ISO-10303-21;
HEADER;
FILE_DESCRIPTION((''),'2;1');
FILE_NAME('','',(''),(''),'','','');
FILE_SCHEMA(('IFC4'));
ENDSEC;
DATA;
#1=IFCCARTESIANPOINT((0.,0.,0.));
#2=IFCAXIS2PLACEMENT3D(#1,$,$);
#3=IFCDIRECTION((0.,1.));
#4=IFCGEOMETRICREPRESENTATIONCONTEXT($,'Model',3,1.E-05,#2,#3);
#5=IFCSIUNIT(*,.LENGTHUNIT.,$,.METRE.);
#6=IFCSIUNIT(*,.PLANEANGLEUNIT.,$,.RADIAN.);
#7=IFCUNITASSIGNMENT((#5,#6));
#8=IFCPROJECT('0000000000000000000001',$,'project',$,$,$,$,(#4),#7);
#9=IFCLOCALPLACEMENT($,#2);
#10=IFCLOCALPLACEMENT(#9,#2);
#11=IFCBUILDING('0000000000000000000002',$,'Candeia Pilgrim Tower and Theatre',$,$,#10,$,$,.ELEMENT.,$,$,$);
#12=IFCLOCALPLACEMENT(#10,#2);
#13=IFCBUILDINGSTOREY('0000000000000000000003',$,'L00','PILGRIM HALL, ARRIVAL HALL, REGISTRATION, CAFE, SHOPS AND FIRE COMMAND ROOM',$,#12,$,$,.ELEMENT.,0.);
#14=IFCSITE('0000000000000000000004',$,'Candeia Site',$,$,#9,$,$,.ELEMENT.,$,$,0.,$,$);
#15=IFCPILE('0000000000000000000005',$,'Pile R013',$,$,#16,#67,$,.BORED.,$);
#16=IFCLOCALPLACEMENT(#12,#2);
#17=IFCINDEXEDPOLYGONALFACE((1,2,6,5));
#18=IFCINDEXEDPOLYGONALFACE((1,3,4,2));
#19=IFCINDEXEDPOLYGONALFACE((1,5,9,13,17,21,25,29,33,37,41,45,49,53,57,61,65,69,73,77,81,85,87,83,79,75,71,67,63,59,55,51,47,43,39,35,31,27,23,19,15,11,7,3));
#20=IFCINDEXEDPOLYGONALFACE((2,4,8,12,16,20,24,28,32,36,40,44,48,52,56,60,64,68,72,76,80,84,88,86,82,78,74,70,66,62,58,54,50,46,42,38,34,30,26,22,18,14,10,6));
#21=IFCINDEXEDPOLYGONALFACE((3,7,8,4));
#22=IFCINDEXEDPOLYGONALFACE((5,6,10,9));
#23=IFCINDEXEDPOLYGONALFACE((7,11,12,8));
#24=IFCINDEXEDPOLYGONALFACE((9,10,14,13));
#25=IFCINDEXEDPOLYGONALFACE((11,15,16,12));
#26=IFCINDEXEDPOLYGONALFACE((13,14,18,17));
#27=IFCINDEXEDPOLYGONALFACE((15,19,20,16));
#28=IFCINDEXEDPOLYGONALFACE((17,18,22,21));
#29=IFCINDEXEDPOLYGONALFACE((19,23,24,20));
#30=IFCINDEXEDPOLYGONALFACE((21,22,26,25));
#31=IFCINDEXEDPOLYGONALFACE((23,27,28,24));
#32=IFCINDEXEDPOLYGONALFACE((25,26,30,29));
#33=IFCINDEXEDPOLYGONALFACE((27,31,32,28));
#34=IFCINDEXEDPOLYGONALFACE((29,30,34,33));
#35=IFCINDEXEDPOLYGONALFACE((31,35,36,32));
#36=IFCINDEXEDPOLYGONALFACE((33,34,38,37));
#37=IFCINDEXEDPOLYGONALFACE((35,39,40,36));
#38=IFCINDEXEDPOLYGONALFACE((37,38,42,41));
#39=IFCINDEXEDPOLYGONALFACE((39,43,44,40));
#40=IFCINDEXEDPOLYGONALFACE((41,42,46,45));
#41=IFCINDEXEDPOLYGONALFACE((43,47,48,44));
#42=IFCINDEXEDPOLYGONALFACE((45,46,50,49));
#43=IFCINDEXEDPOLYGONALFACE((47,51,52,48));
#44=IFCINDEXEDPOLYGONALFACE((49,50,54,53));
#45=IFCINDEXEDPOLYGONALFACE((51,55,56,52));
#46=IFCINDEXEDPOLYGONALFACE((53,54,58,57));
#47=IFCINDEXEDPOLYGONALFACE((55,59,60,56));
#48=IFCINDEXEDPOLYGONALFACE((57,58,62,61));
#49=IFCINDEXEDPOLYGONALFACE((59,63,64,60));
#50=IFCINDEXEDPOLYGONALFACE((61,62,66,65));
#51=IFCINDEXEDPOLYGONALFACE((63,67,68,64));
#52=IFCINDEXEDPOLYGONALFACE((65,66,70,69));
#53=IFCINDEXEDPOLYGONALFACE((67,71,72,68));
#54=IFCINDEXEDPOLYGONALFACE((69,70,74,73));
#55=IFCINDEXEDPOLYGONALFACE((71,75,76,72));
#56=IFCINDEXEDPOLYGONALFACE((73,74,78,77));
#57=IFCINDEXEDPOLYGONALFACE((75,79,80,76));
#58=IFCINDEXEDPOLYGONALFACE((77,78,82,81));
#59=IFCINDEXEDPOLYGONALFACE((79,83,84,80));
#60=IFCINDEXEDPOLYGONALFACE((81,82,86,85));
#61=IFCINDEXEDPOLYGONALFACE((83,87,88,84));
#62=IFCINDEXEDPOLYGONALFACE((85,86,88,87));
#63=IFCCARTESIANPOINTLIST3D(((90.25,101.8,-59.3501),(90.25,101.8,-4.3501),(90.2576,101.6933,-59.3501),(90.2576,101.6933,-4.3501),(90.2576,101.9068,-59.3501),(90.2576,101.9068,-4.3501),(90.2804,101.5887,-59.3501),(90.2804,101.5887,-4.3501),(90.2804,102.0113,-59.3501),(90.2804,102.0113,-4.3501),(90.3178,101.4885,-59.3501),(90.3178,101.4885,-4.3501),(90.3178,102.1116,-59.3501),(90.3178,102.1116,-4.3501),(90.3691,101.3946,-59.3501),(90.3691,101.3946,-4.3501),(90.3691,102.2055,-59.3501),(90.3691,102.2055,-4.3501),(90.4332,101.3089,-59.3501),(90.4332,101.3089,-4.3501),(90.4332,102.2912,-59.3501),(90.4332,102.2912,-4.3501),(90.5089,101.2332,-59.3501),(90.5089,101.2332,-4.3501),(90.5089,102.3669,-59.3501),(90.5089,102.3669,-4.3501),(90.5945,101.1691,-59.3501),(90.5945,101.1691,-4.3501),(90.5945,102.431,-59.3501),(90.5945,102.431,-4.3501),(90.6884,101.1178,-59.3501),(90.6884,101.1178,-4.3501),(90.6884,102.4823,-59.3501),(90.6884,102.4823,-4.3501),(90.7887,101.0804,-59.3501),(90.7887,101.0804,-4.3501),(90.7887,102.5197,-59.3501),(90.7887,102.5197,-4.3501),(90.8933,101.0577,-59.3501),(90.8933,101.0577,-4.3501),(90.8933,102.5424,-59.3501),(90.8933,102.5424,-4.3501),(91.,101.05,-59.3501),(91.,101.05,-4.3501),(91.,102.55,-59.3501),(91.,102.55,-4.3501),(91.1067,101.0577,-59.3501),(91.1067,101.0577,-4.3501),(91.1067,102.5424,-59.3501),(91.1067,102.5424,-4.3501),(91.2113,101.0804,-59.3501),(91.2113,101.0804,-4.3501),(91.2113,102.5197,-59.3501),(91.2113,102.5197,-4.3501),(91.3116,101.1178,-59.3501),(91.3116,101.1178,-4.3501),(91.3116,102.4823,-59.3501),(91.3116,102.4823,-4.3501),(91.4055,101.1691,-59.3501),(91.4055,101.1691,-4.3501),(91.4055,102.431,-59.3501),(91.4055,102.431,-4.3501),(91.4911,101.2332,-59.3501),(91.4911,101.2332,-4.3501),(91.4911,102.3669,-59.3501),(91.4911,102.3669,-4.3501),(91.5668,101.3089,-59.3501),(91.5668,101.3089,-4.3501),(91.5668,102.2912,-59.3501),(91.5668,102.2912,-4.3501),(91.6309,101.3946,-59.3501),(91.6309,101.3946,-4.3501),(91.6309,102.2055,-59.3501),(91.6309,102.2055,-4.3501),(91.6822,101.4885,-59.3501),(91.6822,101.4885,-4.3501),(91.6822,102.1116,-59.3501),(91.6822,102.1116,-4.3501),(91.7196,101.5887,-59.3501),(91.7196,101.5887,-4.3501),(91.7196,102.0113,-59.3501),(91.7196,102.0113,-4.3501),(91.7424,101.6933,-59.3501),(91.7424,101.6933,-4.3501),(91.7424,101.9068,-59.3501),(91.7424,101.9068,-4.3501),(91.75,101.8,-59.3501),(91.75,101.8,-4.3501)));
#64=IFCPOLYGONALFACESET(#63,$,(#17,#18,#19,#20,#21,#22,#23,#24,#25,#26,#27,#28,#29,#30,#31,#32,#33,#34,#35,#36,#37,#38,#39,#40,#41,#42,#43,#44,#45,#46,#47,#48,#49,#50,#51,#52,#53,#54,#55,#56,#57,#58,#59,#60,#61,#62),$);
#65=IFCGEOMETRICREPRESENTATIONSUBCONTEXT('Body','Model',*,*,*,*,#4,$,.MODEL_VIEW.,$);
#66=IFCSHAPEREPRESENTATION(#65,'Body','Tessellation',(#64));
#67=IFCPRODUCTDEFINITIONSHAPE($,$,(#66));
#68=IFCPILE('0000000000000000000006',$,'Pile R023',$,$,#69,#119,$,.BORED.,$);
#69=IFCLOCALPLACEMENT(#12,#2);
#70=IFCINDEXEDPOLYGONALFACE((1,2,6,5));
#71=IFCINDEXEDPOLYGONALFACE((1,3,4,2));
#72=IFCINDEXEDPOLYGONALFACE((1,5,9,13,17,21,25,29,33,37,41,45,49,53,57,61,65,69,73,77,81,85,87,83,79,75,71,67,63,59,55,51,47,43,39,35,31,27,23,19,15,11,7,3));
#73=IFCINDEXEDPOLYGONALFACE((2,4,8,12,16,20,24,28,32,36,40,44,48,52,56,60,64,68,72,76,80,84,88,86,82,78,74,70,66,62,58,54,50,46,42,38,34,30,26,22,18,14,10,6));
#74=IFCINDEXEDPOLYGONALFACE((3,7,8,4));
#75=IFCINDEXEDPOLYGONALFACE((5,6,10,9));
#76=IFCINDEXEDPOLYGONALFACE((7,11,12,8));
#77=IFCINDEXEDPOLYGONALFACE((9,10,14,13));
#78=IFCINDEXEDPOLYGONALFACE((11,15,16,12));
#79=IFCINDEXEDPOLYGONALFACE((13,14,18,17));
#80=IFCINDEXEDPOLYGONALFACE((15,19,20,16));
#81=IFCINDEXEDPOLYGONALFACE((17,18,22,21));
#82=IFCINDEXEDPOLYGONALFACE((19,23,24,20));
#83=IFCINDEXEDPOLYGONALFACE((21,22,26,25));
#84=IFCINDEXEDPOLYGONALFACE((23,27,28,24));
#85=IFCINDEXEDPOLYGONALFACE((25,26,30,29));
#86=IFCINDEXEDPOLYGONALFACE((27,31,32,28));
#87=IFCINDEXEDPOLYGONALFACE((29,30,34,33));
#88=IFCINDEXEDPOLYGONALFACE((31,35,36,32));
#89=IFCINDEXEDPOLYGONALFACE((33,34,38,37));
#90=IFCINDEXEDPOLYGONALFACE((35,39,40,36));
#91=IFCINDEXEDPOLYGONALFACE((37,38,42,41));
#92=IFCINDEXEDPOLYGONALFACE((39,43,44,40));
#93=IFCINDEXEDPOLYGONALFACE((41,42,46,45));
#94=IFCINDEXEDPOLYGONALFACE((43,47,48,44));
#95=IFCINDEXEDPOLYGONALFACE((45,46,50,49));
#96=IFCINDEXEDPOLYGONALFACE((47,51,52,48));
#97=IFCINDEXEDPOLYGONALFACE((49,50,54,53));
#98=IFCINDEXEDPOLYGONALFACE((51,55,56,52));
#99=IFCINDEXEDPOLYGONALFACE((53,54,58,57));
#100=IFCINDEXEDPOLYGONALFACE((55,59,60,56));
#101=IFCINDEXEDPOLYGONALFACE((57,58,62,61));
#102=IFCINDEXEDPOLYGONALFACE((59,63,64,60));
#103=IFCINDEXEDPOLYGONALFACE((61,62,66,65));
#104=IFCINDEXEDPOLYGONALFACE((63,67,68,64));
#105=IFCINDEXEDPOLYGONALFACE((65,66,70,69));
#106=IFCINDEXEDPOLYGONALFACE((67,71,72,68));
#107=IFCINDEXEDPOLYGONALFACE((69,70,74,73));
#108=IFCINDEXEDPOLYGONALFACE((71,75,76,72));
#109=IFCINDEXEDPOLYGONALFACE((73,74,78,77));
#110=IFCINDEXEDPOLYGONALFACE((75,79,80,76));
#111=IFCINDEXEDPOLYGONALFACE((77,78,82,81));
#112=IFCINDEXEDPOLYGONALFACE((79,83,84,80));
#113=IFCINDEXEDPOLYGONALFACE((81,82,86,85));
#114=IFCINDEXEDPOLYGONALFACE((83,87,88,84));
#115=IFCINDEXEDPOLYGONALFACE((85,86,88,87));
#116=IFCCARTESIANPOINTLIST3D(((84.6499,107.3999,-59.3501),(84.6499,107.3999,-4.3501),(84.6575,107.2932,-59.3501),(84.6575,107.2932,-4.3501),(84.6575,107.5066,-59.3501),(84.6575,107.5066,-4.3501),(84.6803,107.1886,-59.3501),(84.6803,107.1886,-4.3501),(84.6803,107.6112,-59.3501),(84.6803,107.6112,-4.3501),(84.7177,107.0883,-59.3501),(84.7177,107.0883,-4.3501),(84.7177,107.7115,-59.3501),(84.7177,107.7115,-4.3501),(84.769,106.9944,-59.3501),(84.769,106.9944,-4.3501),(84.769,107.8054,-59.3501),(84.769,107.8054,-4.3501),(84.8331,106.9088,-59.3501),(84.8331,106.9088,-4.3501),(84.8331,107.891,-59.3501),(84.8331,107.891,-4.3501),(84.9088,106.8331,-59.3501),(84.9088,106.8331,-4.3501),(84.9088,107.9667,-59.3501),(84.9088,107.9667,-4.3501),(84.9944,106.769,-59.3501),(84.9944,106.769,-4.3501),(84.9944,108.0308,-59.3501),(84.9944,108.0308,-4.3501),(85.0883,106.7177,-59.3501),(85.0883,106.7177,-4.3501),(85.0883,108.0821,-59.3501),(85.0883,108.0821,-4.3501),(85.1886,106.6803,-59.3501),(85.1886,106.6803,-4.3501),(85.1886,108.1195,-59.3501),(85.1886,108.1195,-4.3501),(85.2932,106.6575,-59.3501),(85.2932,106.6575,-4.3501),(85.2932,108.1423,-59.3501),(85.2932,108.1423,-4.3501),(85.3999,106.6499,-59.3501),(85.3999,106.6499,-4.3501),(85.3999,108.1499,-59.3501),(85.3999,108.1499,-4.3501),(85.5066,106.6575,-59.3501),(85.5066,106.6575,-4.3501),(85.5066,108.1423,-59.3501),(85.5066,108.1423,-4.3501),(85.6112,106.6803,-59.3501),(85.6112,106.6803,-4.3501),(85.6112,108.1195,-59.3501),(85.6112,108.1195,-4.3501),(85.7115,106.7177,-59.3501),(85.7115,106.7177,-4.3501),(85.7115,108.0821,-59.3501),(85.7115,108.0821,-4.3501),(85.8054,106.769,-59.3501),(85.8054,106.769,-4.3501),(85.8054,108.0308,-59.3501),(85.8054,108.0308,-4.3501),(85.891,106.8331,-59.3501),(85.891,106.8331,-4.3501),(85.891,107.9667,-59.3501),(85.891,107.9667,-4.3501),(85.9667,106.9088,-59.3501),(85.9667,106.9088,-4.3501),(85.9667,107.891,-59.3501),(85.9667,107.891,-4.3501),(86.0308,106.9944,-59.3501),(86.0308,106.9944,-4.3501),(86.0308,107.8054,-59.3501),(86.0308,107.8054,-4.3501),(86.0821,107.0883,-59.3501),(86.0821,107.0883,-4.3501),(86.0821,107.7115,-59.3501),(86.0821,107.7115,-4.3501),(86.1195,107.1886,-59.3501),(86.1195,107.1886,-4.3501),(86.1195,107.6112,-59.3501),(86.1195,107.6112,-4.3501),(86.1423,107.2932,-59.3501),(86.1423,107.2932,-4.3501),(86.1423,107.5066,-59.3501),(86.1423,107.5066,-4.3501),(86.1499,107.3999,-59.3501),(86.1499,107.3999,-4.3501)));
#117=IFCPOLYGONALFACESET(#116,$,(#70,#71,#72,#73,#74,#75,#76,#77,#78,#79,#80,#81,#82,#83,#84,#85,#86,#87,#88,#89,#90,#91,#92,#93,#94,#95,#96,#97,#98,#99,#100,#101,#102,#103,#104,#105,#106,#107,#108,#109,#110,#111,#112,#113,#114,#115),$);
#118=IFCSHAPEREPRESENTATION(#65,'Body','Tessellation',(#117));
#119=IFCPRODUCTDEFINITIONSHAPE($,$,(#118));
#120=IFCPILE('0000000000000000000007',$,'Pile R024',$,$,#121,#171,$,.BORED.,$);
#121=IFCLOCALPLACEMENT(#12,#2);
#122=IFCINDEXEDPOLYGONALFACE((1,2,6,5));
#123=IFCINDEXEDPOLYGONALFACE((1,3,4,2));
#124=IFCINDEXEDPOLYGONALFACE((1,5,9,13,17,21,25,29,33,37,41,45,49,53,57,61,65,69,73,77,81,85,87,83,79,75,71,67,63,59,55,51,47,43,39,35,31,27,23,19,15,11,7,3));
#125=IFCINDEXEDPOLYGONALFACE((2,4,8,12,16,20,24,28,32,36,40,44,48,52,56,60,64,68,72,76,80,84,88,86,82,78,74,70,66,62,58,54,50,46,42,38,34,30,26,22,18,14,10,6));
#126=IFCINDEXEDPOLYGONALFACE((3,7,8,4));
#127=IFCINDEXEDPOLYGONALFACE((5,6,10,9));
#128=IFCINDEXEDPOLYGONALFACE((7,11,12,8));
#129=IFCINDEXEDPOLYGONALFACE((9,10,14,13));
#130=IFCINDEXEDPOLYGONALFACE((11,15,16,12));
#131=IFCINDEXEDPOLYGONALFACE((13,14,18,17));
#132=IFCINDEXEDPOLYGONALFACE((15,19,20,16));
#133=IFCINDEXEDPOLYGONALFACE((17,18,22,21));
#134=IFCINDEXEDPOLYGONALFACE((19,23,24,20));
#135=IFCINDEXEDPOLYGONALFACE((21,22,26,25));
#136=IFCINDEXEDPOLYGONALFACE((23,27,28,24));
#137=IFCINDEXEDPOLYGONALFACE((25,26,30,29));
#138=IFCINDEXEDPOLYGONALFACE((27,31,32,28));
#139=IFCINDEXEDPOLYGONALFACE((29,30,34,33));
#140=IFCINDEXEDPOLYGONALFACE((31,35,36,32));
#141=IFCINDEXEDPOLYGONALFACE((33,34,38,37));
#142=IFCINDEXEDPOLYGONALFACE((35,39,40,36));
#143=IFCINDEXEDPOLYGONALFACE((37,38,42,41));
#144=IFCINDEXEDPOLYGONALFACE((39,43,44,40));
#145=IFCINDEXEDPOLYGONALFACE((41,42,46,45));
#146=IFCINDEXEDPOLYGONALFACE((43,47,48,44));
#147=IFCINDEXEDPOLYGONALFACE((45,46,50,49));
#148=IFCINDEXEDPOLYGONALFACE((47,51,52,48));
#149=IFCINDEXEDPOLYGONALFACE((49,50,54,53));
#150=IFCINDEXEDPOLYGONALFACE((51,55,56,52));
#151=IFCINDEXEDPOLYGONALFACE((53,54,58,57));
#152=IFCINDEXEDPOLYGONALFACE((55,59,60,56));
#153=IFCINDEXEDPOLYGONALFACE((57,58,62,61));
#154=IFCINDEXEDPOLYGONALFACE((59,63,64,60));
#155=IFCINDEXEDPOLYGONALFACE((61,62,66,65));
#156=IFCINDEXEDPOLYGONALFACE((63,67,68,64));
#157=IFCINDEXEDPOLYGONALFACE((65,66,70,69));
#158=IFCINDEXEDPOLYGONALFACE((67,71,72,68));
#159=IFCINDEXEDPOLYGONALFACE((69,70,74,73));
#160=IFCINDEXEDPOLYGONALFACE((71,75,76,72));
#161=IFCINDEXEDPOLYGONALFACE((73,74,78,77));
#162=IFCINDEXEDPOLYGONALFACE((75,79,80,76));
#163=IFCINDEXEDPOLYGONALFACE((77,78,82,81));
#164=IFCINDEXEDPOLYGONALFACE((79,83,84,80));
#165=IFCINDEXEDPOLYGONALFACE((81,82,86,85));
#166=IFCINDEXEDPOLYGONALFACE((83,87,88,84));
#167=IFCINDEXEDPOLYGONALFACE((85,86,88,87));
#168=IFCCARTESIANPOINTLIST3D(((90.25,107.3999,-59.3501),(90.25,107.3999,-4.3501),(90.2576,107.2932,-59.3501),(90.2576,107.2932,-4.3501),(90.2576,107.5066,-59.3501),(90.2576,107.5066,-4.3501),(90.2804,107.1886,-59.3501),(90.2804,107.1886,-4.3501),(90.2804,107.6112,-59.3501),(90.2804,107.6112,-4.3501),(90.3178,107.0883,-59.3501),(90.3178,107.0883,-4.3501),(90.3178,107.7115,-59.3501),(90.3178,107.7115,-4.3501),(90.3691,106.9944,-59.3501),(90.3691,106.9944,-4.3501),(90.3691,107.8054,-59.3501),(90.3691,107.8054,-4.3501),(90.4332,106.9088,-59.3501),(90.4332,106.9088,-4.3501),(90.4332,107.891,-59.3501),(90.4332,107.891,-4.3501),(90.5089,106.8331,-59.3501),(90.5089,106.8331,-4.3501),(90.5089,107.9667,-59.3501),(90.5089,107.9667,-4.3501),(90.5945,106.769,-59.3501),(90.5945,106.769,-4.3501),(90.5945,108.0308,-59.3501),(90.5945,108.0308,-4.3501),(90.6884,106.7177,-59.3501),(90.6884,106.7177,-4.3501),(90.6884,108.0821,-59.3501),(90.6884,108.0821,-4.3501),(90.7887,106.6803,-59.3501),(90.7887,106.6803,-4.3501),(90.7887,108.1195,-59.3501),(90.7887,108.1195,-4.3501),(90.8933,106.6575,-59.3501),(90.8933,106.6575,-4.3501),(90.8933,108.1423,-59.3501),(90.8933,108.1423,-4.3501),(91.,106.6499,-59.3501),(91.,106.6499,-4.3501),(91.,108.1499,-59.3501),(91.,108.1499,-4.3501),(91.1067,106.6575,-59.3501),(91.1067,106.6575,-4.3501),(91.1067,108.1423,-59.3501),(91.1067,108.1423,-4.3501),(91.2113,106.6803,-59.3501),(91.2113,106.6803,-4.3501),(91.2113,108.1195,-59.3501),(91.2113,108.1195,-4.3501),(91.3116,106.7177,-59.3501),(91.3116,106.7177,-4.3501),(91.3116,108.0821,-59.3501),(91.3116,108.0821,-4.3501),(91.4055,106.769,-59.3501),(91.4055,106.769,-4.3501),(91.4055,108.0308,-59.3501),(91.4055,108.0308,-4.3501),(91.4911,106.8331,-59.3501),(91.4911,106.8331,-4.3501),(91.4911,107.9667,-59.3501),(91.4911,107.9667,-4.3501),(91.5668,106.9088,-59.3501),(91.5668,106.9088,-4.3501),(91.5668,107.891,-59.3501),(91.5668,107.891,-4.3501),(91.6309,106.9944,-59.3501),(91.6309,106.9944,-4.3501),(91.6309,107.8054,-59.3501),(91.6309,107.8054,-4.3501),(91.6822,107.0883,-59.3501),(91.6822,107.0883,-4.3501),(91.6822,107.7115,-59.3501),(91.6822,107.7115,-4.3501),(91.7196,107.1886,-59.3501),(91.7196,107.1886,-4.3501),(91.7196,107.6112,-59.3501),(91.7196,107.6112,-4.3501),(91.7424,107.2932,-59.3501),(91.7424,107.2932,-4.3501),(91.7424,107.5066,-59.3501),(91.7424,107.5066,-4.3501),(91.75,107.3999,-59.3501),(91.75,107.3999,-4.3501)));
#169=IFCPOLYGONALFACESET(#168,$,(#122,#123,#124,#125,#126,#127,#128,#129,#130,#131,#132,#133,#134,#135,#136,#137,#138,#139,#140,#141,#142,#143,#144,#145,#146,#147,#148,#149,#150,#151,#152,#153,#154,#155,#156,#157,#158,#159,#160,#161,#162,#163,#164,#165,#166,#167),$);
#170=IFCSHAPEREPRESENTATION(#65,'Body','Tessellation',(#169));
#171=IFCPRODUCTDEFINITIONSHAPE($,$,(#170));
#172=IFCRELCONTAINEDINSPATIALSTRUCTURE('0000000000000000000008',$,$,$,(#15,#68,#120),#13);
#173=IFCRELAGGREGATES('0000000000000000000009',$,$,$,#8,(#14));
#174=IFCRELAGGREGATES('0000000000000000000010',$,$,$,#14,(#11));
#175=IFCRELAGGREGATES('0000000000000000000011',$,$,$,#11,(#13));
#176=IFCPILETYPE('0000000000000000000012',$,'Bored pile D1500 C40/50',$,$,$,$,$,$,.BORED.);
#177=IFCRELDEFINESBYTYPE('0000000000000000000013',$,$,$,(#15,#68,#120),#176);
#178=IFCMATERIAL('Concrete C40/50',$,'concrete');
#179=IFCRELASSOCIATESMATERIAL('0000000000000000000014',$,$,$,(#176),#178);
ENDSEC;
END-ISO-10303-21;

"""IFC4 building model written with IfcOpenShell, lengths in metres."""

from ifc_helpers import new_model, si_unit, direction, frame, origin, origin_2d, place, context, subcontext, project, spatial, circle, extrude, material, material_profile, profile_set, type_object, element, save


model = new_model("IFC4")

# Units and contexts
model_context = context("Model", 3, precision=1e-05, world=origin(), true_north=direction((0.0, 1.0)))
body_context = subcontext(model_context, "Body", "Model", "MODEL_VIEW")
ifc_project = project(units=[si_unit("LENGTHUNIT", "METRE"), si_unit("PLANEANGLEUNIT", "RADIAN")], contexts=[model_context])

# Site, building, storey
site_placement = place(None, origin())
site = spatial("IfcSite", under=ifc_project, at=site_placement, Name="Candeia Site", CompositionType="ELEMENT", RefElevation=0.0)
building_placement = place(site_placement, origin())
building = spatial("IfcBuilding", under=site, at=building_placement, Name="Candeia Pilgrim Tower and Theatre", CompositionType="ELEMENT")
storey_placement = place(building_placement, origin())
storey = spatial("IfcBuildingStorey", under=building, at=storey_placement, Name="L00", Description="PILGRIM HALL, ARRIVAL HALL, REGISTRATION, CAFE, SHOPS AND FIRE COMMAND ROOM", CompositionType="ELEMENT", Elevation=0.0)

# Piles
ifc_material_1 = material(Name="Concrete C40/50", Category="concrete")
ifc_material_profile_1 = material_profile(ifc_material_1, circle(Radius=0.75, at=origin_2d()))
ifc_profile_set_1 = profile_set([ifc_material_profile_1], Name="Concrete C40/50")
pile_type = type_object("IfcPileType", Name="Bored pile D1500 C40/50", PredefinedType="BORED", material=ifc_profile_set_1)
for number, where, z_axis, x_axis, name in (
    (1, (91.0, 101.8, -4.3501), (0.0, 0.0, -1.0), (1.0, 0.0, 0.0), "Pile R013"),
    (2, (85.3999, 107.3999, -4.3501), (0.0, 0.0, -1.0), (1.0, 0.0, 0.0), "Pile R023"),
    (3, (91.0, 107.3999, -4.3501), (0.0, 0.0, -1.0), (1.0, 0.0, 0.0), "Pile R024"),
):
    element("IfcPile", number, at=place(storey_placement, frame(where, z_axis=z_axis, x_axis=x_axis)), inside=storey, type_object=pile_type, Name=name, PredefinedType="BORED", context=body_context, shape_type="SweptSolid", body=[
        extrude(circle(Radius=0.75, at=origin_2d()), origin(), (0.0, 0.0, 1.0), 55.0),
    ])

save(model, "model.ifc")
